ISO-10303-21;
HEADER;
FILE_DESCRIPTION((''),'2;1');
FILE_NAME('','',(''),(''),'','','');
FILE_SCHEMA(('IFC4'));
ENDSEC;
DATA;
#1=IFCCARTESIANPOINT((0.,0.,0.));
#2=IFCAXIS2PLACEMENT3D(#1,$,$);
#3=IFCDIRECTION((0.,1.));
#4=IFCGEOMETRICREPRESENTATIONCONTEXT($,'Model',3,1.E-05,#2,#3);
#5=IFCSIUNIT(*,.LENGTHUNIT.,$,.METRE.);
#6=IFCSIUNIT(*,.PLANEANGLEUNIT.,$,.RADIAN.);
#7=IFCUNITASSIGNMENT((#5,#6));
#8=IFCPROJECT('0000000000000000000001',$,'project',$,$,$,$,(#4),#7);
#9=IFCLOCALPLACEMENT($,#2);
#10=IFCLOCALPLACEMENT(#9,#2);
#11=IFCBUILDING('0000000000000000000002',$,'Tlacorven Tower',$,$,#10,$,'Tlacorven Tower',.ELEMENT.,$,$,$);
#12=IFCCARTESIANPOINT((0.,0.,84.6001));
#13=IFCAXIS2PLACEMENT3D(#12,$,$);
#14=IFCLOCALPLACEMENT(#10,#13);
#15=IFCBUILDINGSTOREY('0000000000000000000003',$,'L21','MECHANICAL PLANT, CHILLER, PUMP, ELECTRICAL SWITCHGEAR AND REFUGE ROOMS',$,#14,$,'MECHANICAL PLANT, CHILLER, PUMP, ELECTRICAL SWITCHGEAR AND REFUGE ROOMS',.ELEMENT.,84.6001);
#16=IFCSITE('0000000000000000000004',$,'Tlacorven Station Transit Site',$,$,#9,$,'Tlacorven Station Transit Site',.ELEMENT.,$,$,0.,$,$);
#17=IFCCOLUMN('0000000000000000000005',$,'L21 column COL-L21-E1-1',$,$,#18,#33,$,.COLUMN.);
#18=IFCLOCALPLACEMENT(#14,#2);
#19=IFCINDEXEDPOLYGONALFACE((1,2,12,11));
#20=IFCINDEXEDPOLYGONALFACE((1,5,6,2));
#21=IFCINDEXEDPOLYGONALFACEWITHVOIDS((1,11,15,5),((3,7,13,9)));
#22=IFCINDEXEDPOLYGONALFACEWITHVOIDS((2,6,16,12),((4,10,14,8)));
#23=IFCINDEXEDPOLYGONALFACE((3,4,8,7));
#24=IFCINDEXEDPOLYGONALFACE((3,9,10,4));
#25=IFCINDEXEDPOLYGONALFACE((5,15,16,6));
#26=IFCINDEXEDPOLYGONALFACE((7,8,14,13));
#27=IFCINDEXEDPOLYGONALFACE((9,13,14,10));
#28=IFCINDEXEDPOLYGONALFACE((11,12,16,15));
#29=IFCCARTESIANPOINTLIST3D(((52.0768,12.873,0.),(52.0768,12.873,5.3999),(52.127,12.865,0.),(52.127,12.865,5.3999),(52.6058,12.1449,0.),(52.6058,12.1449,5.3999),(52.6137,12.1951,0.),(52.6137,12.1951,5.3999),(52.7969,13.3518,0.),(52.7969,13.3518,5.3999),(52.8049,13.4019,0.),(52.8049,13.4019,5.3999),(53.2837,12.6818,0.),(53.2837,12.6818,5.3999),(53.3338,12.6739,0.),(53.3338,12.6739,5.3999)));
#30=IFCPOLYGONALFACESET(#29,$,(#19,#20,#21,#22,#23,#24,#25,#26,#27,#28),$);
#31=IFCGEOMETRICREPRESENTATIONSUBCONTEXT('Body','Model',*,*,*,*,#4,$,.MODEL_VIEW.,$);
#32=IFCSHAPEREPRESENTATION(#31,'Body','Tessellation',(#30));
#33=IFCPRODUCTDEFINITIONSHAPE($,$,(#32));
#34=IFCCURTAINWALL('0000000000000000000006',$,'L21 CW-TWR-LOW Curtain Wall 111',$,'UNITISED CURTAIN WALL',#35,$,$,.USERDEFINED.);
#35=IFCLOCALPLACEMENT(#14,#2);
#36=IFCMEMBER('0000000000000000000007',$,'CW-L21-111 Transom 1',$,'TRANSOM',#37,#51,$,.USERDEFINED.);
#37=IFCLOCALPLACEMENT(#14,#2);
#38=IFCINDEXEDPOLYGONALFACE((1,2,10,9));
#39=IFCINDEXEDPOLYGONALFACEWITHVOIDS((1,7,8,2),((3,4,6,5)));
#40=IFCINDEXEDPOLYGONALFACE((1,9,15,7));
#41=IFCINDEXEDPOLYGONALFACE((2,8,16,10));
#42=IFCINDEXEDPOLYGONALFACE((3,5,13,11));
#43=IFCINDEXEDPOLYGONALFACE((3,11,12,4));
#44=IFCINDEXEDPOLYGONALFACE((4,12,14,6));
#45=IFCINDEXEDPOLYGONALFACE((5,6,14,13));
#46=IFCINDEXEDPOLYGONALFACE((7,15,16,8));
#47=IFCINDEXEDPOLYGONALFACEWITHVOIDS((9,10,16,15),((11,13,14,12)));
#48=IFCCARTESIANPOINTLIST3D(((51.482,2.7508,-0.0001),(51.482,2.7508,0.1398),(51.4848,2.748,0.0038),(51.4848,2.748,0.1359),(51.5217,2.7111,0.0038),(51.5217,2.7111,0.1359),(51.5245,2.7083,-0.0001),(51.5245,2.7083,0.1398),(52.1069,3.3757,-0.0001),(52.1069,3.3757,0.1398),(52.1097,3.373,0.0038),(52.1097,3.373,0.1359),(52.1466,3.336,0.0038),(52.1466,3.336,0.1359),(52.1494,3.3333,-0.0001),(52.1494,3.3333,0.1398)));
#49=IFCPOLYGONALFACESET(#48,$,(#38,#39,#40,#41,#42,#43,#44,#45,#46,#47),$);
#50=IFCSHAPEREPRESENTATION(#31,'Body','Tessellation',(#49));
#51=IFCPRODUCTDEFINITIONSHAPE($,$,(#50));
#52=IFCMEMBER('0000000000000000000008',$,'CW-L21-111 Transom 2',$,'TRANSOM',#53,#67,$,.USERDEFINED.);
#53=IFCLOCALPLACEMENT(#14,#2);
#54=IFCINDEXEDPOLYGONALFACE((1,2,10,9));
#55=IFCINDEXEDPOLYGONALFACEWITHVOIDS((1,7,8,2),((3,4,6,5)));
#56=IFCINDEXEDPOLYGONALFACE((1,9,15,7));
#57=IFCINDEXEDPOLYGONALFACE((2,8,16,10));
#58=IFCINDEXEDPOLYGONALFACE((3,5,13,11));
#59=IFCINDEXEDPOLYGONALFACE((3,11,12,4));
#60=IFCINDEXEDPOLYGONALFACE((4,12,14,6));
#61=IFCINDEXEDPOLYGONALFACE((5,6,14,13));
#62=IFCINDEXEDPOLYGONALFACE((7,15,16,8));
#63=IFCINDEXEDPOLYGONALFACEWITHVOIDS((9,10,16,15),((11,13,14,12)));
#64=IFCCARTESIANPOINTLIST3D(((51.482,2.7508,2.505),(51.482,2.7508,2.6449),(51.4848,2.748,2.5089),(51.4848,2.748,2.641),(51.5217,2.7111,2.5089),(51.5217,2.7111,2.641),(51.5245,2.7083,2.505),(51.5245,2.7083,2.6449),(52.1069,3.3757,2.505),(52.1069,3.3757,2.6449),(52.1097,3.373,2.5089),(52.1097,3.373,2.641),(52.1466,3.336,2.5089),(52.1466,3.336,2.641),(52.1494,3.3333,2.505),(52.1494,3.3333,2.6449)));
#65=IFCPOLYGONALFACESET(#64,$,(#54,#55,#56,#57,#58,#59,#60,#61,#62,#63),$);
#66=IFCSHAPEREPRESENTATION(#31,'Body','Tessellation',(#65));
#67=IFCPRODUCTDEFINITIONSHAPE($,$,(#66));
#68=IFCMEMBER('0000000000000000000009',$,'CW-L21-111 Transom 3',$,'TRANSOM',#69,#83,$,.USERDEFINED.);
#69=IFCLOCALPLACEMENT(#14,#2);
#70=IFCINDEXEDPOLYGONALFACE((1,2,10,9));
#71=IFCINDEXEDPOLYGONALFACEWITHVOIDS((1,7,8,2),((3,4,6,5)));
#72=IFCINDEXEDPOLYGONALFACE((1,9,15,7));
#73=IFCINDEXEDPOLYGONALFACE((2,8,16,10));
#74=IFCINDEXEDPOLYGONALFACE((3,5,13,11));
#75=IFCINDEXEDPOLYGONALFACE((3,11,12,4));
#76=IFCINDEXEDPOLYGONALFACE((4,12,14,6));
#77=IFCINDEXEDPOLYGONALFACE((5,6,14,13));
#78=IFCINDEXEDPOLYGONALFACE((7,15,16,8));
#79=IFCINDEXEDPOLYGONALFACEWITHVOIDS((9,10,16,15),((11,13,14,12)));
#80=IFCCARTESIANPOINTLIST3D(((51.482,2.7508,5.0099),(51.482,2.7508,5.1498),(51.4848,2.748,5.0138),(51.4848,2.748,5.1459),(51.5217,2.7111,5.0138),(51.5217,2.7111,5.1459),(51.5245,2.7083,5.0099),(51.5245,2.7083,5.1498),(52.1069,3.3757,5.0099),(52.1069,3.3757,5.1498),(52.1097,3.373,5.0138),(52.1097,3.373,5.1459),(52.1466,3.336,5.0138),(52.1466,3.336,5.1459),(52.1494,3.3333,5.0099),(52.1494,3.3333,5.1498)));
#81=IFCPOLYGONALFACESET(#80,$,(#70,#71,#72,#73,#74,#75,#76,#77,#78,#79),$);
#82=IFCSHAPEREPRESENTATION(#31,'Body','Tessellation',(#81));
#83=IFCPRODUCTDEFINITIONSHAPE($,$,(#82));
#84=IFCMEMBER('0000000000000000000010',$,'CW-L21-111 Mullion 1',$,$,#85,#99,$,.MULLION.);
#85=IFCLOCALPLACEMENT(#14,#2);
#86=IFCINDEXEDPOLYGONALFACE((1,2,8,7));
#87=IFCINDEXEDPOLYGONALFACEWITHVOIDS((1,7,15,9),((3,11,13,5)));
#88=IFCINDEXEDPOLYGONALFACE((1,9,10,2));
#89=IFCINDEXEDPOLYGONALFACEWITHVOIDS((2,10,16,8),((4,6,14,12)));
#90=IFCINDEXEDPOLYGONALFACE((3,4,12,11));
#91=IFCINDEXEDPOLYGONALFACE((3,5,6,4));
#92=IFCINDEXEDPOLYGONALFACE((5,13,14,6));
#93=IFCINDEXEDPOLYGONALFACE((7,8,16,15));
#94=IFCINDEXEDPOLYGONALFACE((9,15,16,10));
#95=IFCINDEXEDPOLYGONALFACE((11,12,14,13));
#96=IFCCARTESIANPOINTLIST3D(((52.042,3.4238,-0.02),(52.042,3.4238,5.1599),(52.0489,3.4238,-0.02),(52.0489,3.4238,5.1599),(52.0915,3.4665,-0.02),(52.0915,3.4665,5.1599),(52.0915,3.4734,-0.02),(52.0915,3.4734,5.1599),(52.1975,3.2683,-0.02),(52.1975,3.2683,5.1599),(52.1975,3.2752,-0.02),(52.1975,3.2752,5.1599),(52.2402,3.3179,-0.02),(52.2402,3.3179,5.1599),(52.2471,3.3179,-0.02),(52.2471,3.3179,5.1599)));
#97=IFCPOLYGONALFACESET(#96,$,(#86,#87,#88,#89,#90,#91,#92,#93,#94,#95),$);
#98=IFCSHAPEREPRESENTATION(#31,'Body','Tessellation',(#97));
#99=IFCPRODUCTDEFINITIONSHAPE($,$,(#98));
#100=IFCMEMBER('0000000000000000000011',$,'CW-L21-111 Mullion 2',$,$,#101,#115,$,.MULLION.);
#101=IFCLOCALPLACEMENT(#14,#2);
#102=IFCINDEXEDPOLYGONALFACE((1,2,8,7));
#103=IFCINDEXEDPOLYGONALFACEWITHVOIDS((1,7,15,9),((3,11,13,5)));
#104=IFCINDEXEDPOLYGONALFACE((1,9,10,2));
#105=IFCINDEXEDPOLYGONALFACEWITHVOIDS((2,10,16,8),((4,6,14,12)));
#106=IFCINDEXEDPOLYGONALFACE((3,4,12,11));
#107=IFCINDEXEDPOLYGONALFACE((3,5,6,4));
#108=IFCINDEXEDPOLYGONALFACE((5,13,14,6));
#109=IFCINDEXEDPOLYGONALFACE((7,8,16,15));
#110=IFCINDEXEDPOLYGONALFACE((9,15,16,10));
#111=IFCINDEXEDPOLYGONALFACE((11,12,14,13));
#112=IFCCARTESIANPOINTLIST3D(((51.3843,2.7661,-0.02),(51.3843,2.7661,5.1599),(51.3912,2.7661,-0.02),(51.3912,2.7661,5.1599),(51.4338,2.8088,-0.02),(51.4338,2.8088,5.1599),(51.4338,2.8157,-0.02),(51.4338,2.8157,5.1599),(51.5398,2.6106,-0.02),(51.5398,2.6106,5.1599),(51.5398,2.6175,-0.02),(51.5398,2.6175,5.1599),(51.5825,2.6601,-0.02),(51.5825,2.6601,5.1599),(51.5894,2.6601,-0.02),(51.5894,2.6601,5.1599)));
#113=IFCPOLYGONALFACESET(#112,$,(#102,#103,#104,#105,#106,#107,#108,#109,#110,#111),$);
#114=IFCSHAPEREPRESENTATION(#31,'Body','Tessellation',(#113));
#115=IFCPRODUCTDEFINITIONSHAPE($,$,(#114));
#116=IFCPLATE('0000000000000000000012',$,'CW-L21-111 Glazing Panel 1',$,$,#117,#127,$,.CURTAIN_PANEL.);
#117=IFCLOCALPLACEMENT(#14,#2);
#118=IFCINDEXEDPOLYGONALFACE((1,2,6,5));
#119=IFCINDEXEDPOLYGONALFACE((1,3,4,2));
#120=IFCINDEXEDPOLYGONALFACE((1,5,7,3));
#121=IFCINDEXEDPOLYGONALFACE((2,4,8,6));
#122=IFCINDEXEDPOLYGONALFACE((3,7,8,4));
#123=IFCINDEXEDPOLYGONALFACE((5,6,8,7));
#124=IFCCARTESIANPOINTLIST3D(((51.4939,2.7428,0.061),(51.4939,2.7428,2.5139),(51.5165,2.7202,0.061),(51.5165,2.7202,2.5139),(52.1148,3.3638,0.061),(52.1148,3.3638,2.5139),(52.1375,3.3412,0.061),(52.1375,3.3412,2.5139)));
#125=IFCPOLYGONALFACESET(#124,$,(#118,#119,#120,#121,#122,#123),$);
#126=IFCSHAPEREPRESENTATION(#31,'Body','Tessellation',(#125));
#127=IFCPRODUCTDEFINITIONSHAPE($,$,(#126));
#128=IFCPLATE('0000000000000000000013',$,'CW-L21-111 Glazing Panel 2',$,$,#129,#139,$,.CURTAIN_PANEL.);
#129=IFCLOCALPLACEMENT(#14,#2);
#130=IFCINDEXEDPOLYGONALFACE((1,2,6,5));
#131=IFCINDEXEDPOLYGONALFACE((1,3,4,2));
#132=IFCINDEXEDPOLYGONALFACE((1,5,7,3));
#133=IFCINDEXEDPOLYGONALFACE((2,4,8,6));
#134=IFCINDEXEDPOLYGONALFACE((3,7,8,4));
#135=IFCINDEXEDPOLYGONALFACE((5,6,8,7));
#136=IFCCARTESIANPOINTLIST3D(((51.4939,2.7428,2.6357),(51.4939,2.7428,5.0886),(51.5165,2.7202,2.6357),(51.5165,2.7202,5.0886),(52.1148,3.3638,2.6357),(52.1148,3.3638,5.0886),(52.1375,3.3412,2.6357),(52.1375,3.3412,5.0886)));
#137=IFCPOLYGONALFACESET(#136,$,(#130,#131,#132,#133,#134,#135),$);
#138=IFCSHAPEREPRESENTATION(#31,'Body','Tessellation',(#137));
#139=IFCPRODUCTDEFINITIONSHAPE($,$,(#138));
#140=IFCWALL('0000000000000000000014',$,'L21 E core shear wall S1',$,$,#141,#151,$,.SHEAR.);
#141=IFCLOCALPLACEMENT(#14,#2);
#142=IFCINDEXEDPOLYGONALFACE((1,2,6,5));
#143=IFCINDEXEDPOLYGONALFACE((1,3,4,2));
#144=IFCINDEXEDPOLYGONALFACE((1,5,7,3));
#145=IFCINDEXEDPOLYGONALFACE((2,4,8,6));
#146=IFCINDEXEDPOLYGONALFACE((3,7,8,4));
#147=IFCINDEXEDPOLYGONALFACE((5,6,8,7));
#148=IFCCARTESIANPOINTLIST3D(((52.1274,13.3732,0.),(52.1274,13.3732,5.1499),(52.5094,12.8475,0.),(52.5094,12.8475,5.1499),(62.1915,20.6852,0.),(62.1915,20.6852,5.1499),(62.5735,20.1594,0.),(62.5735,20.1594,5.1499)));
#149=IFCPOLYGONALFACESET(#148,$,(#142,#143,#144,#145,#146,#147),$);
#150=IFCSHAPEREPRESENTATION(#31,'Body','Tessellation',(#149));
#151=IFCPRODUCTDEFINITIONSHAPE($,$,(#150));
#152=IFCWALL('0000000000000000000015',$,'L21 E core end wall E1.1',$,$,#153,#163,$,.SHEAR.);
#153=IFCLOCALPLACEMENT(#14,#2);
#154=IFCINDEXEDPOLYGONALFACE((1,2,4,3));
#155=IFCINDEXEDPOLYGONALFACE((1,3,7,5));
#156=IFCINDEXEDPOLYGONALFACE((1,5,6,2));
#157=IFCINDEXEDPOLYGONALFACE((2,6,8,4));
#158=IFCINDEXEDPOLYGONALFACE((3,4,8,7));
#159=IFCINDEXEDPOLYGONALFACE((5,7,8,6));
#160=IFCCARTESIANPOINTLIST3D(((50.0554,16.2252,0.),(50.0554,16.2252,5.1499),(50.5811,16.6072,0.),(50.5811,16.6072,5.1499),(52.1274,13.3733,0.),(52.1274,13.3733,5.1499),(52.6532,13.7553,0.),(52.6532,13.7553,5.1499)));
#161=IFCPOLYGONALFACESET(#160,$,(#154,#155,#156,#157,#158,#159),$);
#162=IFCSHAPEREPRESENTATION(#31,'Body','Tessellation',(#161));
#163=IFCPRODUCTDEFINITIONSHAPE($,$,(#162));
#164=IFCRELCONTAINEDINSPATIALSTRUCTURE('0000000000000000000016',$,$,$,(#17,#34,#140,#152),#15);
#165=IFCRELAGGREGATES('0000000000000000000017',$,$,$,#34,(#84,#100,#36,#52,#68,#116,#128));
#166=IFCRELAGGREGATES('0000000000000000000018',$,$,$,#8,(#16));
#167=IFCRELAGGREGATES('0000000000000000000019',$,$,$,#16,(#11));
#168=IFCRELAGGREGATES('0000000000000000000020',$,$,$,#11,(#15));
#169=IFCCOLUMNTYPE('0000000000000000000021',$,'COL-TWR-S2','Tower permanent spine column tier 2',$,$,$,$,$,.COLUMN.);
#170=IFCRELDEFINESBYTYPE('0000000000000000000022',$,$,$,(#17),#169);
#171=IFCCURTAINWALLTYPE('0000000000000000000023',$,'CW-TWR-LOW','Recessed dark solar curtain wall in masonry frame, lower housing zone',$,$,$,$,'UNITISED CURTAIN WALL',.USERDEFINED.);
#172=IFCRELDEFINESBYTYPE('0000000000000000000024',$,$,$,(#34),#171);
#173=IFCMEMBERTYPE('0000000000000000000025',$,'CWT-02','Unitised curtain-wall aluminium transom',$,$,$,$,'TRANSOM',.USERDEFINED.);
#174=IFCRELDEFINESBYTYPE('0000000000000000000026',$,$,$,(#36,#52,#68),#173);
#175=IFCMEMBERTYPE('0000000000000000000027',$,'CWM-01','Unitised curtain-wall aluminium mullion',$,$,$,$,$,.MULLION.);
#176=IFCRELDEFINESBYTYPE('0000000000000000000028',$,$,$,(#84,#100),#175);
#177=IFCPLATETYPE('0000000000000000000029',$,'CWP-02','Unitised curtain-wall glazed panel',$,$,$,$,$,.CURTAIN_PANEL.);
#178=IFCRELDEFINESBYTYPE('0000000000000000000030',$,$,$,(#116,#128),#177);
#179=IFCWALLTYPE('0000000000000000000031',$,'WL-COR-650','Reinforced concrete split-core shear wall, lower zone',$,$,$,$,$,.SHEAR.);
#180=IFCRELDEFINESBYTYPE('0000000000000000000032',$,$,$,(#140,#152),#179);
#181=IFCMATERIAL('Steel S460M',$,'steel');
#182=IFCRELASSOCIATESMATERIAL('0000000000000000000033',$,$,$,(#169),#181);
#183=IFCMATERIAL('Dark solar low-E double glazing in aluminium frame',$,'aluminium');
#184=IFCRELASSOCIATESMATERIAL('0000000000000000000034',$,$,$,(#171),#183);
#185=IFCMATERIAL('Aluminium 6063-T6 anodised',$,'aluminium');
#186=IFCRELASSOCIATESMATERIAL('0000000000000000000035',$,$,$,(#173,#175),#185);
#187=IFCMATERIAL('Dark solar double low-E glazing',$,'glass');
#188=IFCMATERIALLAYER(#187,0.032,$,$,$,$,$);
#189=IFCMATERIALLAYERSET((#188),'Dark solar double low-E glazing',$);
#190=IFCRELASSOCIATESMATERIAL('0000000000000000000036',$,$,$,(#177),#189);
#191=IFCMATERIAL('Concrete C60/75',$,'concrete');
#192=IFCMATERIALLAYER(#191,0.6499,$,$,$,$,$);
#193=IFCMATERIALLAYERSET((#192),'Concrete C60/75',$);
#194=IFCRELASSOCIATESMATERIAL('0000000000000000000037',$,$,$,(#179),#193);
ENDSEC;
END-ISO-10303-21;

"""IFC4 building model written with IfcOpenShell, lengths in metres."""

from ifc_helpers import new_model, si_unit, direction, frame, frame_2d, origin, origin_2d, place, context, subcontext, project, spatial, rectangle, hollow_rectangle, extrude, source, transform, mapped, material, layer, layer_set, material_profile, profile_set, type_object, element, aggregate, save


model = new_model("IFC4")

# Units and contexts
model_context = context("Model", 3, precision=1e-05, world=origin(), true_north=direction((0.0, 1.0)))
body_context = subcontext(model_context, "Body", "Model", "MODEL_VIEW")
ifc_project = project(units=[si_unit("LENGTHUNIT", "METRE"), si_unit("PLANEANGLEUNIT", "RADIAN")], contexts=[model_context])

# Site, building, storey
site_placement = place(None, origin())
site = spatial("IfcSite", under=ifc_project, at=site_placement, Name="Tlacorven Station Transit Site", LongName="Tlacorven Station Transit Site", CompositionType="ELEMENT", RefElevation=0.0)
building_placement = place(site_placement, origin())
building = spatial("IfcBuilding", under=site, at=building_placement, Name="Tlacorven Tower", LongName="Tlacorven Tower", CompositionType="ELEMENT")
storey_placement = place(building_placement, frame((0.0, 0.0, 84.6001)))
storey = spatial("IfcBuildingStorey", under=building, at=storey_placement, Name="L21", Description="MECHANICAL PLANT, CHILLER, PUMP, ELECTRICAL SWITCHGEAR AND REFUGE ROOMS", LongName="MECHANICAL PLANT, CHILLER, PUMP, ELECTRICAL SWITCHGEAR AND REFUGE ROOMS", CompositionType="ELEMENT", Elevation=84.6001)

# Column
ifc_material_1 = material(Name="Steel S460M", Category="steel")
ifc_material_profile_1 = material_profile(ifc_material_1, hollow_rectangle(XDim=0.8999, YDim=0.8999, WallThickness=0.0359, at=origin_2d()), Name="BOX 900X900X36")
ifc_profile_set_1 = profile_set([ifc_material_profile_1], Name="Steel S460M")
column_type = type_object("IfcColumnType", Name="COL-TWR-S2", Description="Tower permanent spine column tier 2", PredefinedType="COLUMN", material=ifc_profile_set_1)
shared_shape_1 = source(origin(), body_context, "Body", "SweptSolid", [
    extrude(hollow_rectangle(XDim=0.8999, YDim=0.8999, WallThickness=0.0359, at=origin_2d()), origin(), (0.0, 0.0, 1.0), 5.3999),
])
column_placement = place(storey_placement, frame((52.7053, 12.7734, 0.0), z_axis=(0.0, 0.0, 1.0), x_axis=(0.809017, 0.587785, 0.0)))
element("IfcColumn", 1, at=column_placement, inside=storey, type_object=column_type, Name="L21 column COL-L21-E1-1", PredefinedType="COLUMN", context=body_context, shape_type="MappedRepresentation", body=[
    mapped(shared_shape_1, transform((0.0, 0.0, 0.0), scale=1.0)),
])

# Curtain wall, members, plates
ifc_material_2 = material(Name="Dark solar low-E double glazing in aluminium frame", Category="aluminium")
curtain_wall_type = type_object("IfcCurtainWallType", Name="CW-TWR-LOW", Description="Recessed dark solar curtain wall in masonry frame, lower housing zone", ElementType="UNITISED CURTAIN WALL", PredefinedType="USERDEFINED", material=ifc_material_2)
curtain_wall_placement = place(storey_placement, origin())
curtain_wall = element("IfcCurtainWall", 2, at=curtain_wall_placement, inside=storey, type_object=curtain_wall_type, Name="L21 CW-TWR-LOW Curtain Wall 111", ObjectType="UNITISED CURTAIN WALL", PredefinedType="USERDEFINED")
ifc_material_3 = material(Name="Aluminium 6063-T6 anodised", Category="aluminium")
ifc_material_profile_2 = material_profile(ifc_material_3, hollow_rectangle(XDim=0.0601, YDim=0.1399, WallThickness=0.0039, at=origin_2d()), Name="ALU TRANSOM 60X140")
ifc_profile_set_2 = profile_set([ifc_material_profile_2], Name="Aluminium 6063-T6 anodised")
member_type_1 = type_object("IfcMemberType", Name="CWT-02", Description="Unitised curtain-wall aluminium transom", ElementType="TRANSOM", PredefinedType="USERDEFINED", material=ifc_profile_set_2)
shared_shape_2 = source(origin(), body_context, "Body", "SweptSolid", [
    extrude(hollow_rectangle(XDim=0.0601, YDim=0.1399, WallThickness=0.0039, at=origin_2d()), origin(), (0.0, 0.0, 1.0), 0.8838),
])
member_1_placement = place(storey_placement, frame((52.1282, 3.3545, 0.0698), z_axis=(-0.707107, -0.707107, 0.0), x_axis=(0.707107, -0.707107, 0.0)))
member_1 = element("IfcMember", 3, at=member_1_placement, type_object=member_type_1, Name="CW-L21-111 Transom 1", ObjectType="TRANSOM", PredefinedType="USERDEFINED", context=body_context, shape_type="MappedRepresentation", body=[
    mapped(shared_shape_2, transform((0.0, 0.0, 0.0), scale=1.0)),
])
member_2_placement = place(storey_placement, frame((52.1282, 3.3545, 2.575), z_axis=(-0.707107, -0.707107, 0.0), x_axis=(0.707107, -0.707107, 0.0)))
member_2 = element("IfcMember", 4, at=member_2_placement, type_object=member_type_1, Name="CW-L21-111 Transom 2", ObjectType="TRANSOM", PredefinedType="USERDEFINED", context=body_context, shape_type="MappedRepresentation", body=[
    mapped(shared_shape_2, transform((0.0, 0.0, 0.0), scale=1.0)),
])
member_3_placement = place(storey_placement, frame((52.1282, 3.3545, 5.0798), z_axis=(-0.707107, -0.707107, 0.0), x_axis=(0.707107, -0.707107, 0.0)))
member_3 = element("IfcMember", 5, at=member_3_placement, type_object=member_type_1, Name="CW-L21-111 Transom 3", ObjectType="TRANSOM", PredefinedType="USERDEFINED", context=body_context, shape_type="MappedRepresentation", body=[
    mapped(shared_shape_2, transform((0.0, 0.0, 0.0), scale=1.0)),
])
ifc_material_profile_3 = material_profile(ifc_material_3, hollow_rectangle(XDim=0.0701, YDim=0.22, WallThickness=0.0049, at=origin_2d()), Name="ALU MULLION 70X220")
ifc_profile_set_3 = profile_set([ifc_material_profile_3], Name="Aluminium 6063-T6 anodised")
member_type_2 = type_object("IfcMemberType", Name="CWM-01", Description="Unitised curtain-wall aluminium mullion", PredefinedType="MULLION", material=ifc_profile_set_3)
shared_shape_3 = source(origin(), body_context, "Body", "SweptSolid", [
    extrude(hollow_rectangle(XDim=0.0701, YDim=0.22, WallThickness=0.0049, at=origin_2d()), origin(), (0.0, 0.0, 1.0), 5.1799),
])
member_4_placement = place(storey_placement, frame((52.1445, 3.3708, -0.02), z_axis=(0.0, 0.0, 1.0), x_axis=(-0.707107, -0.707107, 0.0)))
member_4 = element("IfcMember", 6, at=member_4_placement, type_object=member_type_2, Name="CW-L21-111 Mullion 1", PredefinedType="MULLION", context=body_context, shape_type="MappedRepresentation", body=[
    mapped(shared_shape_3, transform((0.0, 0.0, 0.0), scale=1.0)),
])
member_5_placement = place(storey_placement, frame((51.4868, 2.7131, -0.02), z_axis=(0.0, 0.0, 1.0), x_axis=(-0.707107, -0.707107, 0.0)))
member_5 = element("IfcMember", 7, at=member_5_placement, type_object=member_type_2, Name="CW-L21-111 Mullion 2", PredefinedType="MULLION", context=body_context, shape_type="MappedRepresentation", body=[
    mapped(shared_shape_3, transform((0.0, 0.0, 0.0), scale=1.0)),
])
ifc_material_4 = material(Name="Dark solar double low-E glazing", Category="glass")
ifc_layer_1 = layer(ifc_material_4, 0.032)
ifc_layer_set_1 = layer_set([ifc_layer_1], Name="Dark solar double low-E glazing")
plate_type = type_object("IfcPlateType", Name="CWP-02", Description="Unitised curtain-wall glazed panel", PredefinedType="CURTAIN_PANEL", material=ifc_layer_set_1)
shared_shape_4 = source(origin(), body_context, "Body", "SweptSolid", [
    extrude(rectangle(XDim=0.8782, YDim=0.032, at=origin_2d()), origin(), (0.0, 0.0, 1.0), 2.4529),
])
plate_1_placement = place(storey_placement, frame((51.8157, 3.042, 0.061), z_axis=(0.0, 0.0, 1.0), x_axis=(-0.707107, -0.707107, 0.0)))
plate_1 = element("IfcPlate", 8, at=plate_1_placement, type_object=plate_type, Name="CW-L21-111 Glazing Panel 1", PredefinedType="CURTAIN_PANEL", context=body_context, shape_type="MappedRepresentation", body=[
    mapped(shared_shape_4, transform((0.0, 0.0, 0.0), scale=1.0)),
])
plate_2_placement = place(storey_placement, frame((51.8157, 3.042, 2.6357), z_axis=(0.0, 0.0, 1.0), x_axis=(-0.707107, -0.707107, 0.0)))
plate_2 = element("IfcPlate", 9, at=plate_2_placement, type_object=plate_type, Name="CW-L21-111 Glazing Panel 2", PredefinedType="CURTAIN_PANEL", context=body_context, shape_type="MappedRepresentation", body=[
    mapped(shared_shape_4, transform((0.0, 0.0, 0.0), scale=1.0)),
])
aggregate(curtain_wall, [member_4, member_5, member_1, member_2, member_3, plate_1, plate_2])

# Walls
ifc_material_5 = material(Name="Concrete C60/75", Category="concrete")
ifc_layer_2 = layer(ifc_material_5, 0.6499)
ifc_layer_set_2 = layer_set([ifc_layer_2], Name="Concrete C60/75")
wall_type_1 = type_object("IfcWallType", Name="WL-COR-650", Description="Reinforced concrete split-core shear wall, lower zone", PredefinedType="SHEAR", material=ifc_layer_set_2)
wall_1_placement = place(storey_placement, frame((52.3184, 13.1104, 0.0), z_axis=(0.0, 0.0, 1.0), x_axis=(0.809019, 0.587782, 0.0)))
element("IfcWall", 10, at=wall_1_placement, inside=storey, type_object=wall_type_1, Name="L21 E core shear wall S1", PredefinedType="SHEAR", context=body_context, shape_type="SweptSolid", body=[
    extrude(rectangle(XDim=12.4399, YDim=0.6499, at=frame_2d((6.22, 0.0))), origin(), (0.0, 0.0, 1.0), 5.1499),
])
wall_2_placement = place(storey_placement, frame((52.3904, 13.5642, 0.0), z_axis=(0.0, 0.0, 1.0), x_axis=(-0.587797, 0.809009, 0.0)))
element("IfcWall", 11, at=wall_2_placement, inside=storey, type_object=wall_type_1, Name="L21 E core end wall E1.1", PredefinedType="SHEAR", context=body_context, shape_type="SweptSolid", body=[
    extrude(rectangle(XDim=3.5251, YDim=0.6499, at=frame_2d((1.7627, 0.0))), origin(), (0.0, 0.0, 1.0), 5.1499),
])

save(model, "model.ifc")
